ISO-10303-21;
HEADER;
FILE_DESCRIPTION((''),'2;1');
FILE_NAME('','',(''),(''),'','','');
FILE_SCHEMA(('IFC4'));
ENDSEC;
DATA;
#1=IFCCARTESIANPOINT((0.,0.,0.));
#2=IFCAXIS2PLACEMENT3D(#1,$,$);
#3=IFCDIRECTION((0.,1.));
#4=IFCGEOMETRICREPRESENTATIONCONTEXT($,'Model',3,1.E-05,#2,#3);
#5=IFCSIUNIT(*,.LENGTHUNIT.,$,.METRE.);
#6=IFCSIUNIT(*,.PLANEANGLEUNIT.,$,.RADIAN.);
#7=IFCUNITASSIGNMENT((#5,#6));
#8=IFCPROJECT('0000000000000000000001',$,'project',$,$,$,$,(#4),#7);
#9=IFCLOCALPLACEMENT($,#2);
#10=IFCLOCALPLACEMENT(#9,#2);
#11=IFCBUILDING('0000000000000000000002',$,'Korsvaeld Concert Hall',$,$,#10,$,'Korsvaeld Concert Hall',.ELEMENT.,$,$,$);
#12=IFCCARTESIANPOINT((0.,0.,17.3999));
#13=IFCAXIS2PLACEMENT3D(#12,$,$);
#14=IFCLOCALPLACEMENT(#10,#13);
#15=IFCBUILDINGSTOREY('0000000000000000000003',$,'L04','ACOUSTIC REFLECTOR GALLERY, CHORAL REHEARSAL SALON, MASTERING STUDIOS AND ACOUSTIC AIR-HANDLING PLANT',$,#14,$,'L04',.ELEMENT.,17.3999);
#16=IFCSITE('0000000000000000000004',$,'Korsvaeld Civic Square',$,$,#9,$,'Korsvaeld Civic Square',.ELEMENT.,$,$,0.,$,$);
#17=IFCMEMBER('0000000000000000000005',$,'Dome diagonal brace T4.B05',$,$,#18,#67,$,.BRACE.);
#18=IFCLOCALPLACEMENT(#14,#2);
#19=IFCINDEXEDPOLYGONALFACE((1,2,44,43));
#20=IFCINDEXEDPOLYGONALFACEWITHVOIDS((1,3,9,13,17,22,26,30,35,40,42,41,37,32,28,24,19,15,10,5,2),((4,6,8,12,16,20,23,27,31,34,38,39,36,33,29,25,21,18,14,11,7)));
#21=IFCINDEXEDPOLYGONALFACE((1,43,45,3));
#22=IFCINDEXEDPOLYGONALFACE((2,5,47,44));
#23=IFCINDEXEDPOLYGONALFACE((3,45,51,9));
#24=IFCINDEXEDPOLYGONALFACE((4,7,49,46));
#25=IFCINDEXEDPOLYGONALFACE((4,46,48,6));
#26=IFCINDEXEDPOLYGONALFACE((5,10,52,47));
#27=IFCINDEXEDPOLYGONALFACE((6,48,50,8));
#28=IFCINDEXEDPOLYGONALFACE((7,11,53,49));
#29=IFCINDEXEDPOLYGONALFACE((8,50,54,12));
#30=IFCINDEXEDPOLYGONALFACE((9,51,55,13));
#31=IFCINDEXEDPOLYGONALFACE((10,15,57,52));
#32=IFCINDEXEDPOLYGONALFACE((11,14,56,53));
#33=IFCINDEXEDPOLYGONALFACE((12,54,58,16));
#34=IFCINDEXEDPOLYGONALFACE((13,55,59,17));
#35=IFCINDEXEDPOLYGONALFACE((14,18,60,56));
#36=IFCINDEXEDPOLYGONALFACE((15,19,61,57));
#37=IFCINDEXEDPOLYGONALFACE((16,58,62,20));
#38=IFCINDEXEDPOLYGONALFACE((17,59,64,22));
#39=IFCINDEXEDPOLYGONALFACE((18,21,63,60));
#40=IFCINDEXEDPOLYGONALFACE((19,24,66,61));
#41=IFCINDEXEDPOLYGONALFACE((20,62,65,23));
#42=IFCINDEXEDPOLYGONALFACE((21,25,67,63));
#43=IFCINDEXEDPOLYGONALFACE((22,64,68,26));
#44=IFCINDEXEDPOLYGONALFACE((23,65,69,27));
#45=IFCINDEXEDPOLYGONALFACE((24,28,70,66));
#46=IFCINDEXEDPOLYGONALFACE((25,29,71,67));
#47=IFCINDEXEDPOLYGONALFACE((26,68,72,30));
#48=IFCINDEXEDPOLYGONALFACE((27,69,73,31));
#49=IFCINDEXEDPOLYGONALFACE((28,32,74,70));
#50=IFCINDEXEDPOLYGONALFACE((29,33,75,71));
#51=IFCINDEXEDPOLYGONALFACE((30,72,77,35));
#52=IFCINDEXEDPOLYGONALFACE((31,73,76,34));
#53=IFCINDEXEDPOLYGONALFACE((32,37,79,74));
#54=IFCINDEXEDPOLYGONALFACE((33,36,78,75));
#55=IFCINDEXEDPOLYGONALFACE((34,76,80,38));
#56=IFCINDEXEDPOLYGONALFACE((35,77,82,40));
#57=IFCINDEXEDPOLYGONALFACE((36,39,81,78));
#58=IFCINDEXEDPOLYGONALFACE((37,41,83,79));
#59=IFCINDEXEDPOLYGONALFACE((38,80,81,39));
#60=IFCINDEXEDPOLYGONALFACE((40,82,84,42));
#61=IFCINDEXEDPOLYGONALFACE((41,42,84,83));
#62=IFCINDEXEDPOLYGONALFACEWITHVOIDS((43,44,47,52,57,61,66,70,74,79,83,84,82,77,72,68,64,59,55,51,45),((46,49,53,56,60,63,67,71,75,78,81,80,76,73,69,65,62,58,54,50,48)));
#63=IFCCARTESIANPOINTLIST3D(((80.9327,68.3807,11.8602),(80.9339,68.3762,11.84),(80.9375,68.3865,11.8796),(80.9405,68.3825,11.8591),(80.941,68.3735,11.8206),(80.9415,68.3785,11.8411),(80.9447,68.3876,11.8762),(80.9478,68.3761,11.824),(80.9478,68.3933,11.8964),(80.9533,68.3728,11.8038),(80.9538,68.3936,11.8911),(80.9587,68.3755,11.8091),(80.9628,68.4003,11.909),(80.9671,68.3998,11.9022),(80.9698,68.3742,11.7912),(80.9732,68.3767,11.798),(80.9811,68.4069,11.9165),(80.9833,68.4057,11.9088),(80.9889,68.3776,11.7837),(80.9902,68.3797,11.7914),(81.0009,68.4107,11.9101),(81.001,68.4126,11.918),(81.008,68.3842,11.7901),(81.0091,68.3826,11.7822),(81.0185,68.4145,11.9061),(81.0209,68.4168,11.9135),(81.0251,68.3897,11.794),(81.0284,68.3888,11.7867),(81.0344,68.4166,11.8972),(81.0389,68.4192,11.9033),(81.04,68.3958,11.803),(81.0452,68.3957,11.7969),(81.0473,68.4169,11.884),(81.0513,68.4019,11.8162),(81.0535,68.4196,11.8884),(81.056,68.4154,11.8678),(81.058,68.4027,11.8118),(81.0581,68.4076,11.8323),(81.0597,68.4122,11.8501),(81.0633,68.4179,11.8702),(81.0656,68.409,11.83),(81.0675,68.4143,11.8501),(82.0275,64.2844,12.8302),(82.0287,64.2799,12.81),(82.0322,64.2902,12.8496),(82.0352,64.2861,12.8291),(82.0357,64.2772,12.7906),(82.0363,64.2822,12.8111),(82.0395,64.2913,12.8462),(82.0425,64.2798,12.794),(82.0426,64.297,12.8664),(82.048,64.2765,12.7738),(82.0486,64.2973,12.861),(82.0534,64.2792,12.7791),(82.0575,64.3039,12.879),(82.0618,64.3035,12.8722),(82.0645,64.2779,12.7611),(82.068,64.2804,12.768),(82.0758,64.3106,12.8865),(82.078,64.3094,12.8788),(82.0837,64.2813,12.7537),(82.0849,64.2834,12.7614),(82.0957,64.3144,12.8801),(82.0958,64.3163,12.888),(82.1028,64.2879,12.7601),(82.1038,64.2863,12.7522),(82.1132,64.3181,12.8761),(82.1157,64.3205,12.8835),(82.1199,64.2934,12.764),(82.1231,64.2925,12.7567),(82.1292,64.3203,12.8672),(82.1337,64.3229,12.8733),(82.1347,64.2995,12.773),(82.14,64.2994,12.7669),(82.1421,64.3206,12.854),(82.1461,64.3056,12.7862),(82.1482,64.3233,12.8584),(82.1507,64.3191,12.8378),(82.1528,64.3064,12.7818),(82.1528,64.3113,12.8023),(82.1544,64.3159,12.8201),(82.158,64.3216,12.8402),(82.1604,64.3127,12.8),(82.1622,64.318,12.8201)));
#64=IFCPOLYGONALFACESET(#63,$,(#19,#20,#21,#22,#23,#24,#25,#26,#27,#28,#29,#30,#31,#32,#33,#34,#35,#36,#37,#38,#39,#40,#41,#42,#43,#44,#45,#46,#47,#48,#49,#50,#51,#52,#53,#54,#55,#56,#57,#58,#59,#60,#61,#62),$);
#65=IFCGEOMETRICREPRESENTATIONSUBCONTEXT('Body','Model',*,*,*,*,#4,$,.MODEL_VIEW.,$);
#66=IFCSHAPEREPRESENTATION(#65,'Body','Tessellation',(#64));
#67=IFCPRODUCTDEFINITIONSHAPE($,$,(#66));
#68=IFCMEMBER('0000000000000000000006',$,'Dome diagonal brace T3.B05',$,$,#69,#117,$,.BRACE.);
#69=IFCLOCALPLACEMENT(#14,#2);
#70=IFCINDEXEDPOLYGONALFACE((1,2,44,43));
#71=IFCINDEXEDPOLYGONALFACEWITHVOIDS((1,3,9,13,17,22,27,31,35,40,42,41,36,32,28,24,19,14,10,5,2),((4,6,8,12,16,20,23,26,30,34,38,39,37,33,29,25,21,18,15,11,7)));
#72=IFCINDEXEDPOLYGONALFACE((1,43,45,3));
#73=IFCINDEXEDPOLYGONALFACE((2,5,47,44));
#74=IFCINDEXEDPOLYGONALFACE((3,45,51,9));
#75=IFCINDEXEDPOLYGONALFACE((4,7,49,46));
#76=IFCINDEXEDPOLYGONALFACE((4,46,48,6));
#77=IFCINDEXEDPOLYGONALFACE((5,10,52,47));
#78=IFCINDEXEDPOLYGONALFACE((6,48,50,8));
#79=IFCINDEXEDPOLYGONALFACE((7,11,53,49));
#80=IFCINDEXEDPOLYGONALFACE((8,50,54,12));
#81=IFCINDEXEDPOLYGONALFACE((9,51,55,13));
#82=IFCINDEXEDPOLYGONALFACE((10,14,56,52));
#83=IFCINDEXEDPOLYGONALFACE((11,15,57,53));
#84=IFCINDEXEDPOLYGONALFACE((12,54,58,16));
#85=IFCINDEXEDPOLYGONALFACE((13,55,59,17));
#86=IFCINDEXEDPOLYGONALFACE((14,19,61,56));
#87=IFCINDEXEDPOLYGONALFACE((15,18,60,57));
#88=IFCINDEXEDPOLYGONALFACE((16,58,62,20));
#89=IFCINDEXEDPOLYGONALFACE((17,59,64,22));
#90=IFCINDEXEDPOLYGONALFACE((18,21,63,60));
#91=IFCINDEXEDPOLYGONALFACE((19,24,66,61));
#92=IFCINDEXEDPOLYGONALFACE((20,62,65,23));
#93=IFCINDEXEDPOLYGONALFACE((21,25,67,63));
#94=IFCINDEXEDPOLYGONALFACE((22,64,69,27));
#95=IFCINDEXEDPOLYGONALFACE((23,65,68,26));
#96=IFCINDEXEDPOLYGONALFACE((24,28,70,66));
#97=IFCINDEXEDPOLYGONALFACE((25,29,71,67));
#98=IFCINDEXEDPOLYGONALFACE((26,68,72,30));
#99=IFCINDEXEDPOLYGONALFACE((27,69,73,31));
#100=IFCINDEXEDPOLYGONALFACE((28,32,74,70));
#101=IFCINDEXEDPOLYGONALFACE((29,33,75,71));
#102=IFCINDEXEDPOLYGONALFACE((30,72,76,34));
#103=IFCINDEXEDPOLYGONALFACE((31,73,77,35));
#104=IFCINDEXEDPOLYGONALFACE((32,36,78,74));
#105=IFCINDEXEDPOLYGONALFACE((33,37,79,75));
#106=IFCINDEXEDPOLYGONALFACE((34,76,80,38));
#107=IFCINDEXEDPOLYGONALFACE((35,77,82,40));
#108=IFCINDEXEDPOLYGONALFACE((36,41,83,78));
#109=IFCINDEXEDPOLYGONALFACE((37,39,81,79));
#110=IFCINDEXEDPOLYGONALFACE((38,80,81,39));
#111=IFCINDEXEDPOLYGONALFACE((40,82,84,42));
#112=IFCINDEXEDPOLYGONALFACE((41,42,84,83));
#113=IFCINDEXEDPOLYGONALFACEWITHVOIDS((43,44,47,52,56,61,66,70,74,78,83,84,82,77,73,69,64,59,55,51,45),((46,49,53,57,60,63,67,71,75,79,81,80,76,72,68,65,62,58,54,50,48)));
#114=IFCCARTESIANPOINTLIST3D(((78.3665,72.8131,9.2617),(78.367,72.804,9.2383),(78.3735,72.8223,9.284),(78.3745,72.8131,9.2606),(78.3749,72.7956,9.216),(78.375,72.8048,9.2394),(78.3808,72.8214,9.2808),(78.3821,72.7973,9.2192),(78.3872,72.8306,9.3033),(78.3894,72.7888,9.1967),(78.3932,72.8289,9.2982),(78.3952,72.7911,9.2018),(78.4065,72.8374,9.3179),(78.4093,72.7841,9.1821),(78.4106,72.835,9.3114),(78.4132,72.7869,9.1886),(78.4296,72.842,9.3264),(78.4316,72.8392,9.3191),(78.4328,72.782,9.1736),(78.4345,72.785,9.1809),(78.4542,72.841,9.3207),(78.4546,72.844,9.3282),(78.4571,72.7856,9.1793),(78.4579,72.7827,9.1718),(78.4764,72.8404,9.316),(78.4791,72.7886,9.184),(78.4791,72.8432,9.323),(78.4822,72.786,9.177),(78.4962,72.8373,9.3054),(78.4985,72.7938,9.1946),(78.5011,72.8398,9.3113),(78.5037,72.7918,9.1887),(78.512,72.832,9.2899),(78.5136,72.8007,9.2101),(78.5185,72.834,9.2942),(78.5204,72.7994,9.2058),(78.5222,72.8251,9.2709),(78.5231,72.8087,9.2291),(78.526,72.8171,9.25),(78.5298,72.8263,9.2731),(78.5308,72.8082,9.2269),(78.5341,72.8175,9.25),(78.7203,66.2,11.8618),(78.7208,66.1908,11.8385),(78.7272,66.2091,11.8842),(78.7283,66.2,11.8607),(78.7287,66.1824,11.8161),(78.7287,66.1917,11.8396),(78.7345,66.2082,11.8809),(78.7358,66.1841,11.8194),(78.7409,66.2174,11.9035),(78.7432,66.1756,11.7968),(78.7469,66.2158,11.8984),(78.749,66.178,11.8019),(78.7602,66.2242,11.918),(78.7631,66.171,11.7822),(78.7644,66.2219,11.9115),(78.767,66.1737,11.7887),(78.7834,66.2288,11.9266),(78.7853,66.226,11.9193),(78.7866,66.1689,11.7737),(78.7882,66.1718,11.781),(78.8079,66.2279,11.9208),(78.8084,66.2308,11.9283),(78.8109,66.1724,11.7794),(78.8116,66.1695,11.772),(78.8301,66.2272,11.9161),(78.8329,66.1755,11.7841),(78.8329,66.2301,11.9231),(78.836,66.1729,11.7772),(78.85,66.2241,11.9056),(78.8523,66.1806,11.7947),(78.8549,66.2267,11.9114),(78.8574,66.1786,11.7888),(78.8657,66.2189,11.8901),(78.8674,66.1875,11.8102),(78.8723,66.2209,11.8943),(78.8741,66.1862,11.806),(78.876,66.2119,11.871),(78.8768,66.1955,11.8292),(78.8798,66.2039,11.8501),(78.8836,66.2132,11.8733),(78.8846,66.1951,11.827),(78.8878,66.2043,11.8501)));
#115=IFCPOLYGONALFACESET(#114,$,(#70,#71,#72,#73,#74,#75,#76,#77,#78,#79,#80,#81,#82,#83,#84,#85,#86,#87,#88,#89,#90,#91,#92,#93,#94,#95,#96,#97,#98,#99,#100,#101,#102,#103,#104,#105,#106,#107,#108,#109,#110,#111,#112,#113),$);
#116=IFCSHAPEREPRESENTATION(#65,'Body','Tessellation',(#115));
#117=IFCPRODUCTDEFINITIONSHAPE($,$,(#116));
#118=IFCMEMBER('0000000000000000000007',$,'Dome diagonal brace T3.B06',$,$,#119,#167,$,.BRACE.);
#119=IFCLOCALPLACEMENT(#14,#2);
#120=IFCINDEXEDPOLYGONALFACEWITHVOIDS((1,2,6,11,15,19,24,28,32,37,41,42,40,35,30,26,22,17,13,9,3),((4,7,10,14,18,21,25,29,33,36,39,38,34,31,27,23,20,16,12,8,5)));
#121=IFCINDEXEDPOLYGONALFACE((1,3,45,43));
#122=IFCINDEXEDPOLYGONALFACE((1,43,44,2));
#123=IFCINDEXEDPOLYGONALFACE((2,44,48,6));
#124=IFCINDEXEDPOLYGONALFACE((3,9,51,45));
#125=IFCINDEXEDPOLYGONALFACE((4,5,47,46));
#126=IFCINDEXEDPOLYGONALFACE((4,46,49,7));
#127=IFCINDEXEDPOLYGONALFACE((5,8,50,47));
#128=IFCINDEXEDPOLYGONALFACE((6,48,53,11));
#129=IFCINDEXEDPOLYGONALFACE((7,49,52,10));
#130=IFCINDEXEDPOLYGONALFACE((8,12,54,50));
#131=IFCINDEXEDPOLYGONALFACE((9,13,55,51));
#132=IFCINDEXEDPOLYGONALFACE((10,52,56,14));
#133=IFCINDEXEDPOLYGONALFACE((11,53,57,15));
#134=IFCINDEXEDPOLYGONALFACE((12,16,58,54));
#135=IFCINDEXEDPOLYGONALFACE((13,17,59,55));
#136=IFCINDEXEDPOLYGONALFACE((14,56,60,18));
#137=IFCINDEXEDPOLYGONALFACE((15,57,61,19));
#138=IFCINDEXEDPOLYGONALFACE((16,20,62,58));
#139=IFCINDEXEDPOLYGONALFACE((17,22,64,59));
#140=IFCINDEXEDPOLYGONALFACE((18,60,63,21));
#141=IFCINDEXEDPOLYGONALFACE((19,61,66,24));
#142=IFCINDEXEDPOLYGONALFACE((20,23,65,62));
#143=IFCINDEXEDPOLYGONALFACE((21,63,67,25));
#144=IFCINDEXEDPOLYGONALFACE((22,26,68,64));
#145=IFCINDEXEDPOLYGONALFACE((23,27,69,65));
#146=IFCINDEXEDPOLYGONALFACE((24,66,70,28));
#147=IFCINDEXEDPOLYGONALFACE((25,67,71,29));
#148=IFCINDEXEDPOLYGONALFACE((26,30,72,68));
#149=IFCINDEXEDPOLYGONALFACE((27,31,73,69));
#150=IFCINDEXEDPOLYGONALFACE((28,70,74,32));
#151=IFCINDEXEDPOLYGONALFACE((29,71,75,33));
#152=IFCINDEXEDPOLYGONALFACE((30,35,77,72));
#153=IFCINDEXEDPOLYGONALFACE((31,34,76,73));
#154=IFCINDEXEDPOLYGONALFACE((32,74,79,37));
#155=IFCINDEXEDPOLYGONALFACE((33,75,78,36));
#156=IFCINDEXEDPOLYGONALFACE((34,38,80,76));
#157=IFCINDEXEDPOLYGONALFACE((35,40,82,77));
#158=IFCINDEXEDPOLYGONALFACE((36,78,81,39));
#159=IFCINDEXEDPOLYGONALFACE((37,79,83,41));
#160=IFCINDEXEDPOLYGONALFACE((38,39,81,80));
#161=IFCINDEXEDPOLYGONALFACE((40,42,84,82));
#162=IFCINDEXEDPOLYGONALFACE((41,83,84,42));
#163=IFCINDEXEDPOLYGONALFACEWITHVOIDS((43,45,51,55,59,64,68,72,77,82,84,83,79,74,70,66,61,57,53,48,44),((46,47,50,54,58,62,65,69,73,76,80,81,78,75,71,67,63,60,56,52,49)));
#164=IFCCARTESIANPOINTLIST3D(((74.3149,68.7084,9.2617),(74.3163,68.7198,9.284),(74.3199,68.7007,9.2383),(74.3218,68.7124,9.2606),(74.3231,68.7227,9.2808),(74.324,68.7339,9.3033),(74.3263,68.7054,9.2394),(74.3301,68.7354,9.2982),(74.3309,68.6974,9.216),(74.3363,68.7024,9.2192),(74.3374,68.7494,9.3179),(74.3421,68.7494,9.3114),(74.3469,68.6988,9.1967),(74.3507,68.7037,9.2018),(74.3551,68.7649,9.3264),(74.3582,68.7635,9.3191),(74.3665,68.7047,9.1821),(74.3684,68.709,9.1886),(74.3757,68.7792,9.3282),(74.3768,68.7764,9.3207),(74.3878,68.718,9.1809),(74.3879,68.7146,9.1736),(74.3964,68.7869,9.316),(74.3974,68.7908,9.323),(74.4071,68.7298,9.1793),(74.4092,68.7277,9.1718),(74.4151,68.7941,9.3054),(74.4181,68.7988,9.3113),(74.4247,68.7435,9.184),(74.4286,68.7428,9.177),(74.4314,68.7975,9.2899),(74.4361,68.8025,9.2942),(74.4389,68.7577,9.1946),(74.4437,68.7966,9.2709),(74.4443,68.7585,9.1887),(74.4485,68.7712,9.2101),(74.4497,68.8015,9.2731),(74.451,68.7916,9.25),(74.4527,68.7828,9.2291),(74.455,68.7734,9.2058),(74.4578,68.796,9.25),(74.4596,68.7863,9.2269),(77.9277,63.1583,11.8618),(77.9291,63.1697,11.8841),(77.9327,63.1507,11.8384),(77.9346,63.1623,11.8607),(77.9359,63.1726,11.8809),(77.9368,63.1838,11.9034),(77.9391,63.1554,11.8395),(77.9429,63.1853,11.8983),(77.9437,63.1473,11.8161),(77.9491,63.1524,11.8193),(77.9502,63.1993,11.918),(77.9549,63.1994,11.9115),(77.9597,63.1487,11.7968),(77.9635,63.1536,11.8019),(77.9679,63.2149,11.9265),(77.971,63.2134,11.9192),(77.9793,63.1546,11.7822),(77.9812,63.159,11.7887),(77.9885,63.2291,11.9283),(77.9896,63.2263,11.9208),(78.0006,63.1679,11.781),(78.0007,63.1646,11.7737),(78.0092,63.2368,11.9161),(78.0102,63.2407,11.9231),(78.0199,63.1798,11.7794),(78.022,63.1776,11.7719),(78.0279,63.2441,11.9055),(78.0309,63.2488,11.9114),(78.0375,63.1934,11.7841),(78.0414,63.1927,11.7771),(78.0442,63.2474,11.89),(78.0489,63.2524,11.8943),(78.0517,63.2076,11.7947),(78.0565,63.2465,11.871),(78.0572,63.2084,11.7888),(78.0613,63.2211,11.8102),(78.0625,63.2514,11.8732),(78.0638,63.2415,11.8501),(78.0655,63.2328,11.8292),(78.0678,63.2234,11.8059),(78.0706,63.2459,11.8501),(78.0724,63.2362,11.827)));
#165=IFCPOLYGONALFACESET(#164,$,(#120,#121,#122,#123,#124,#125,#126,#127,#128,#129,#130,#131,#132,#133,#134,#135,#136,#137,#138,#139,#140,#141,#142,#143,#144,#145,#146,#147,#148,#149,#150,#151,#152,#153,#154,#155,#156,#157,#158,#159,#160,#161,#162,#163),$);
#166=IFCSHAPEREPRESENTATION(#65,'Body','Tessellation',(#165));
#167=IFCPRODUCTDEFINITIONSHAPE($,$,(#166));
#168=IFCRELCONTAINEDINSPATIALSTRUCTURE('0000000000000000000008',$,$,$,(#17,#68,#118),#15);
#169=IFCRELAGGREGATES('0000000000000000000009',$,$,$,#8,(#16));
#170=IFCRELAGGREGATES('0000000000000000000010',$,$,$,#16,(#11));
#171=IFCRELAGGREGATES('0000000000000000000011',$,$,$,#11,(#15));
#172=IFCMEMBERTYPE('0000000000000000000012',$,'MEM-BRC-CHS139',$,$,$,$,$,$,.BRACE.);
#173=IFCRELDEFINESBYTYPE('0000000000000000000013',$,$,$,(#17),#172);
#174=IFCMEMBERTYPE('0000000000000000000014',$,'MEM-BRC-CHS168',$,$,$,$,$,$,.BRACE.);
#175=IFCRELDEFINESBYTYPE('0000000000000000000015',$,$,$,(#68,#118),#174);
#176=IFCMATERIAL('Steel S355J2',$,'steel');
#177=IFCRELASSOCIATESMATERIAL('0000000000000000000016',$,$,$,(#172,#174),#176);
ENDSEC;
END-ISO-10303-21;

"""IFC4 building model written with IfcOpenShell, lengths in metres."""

from ifc_helpers import new_model, si_unit, direction, frame, origin, origin_2d, place, context, subcontext, project, spatial, hollow_circle, extrude, material, material_profile, profile_set, type_object, element, save


model = new_model("IFC4")

# Units and contexts
model_context = context("Model", 3, precision=1e-05, world=origin(), true_north=direction((0.0, 1.0)))
body_context = subcontext(model_context, "Body", "Model", "MODEL_VIEW")
ifc_project = project(units=[si_unit("LENGTHUNIT", "METRE"), si_unit("PLANEANGLEUNIT", "RADIAN")], contexts=[model_context])

# Site, building, storey
site_placement = place(None, origin())
site = spatial("IfcSite", under=ifc_project, at=site_placement, Name="Korsvaeld Civic Square", LongName="Korsvaeld Civic Square", CompositionType="ELEMENT", RefElevation=0.0)
building_placement = place(site_placement, origin())
building = spatial("IfcBuilding", under=site, at=building_placement, Name="Korsvaeld Concert Hall", LongName="Korsvaeld Concert Hall", CompositionType="ELEMENT")
storey_placement = place(building_placement, frame((0.0, 0.0, 17.3999)))
storey = spatial("IfcBuildingStorey", under=building, at=storey_placement, Name="L04", Description="ACOUSTIC REFLECTOR GALLERY, CHORAL REHEARSAL SALON, MASTERING STUDIOS AND ACOUSTIC AIR-HANDLING PLANT", LongName="L04", CompositionType="ELEMENT", Elevation=17.3999)

# Shared definitions
ifc_material_1 = material(Name="Steel S355J2", Category="steel")

# Members
ifc_material_profile_1 = material_profile(ifc_material_1, hollow_circle(Radius=0.0698, WallThickness=0.0081, at=origin_2d()), Name="CHS 139.7x8")
ifc_profile_set_1 = profile_set([ifc_material_profile_1], Name="Steel S355J2")
member_type_1 = type_object("IfcMemberType", Name="MEM-BRC-CHS139", PredefinedType="BRACE", material=ifc_profile_set_1)
member_1_placement = place(storey_placement, frame((81.0, 68.3962, 11.8501), z_axis=(0.251691, -0.941764, 0.223008), x_axis=(0.966093, 0.258193, 0.0)))
element("IfcMember", 1, at=member_1_placement, inside=storey, type_object=member_type_1, Name="Dome diagonal brace T4.B05", PredefinedType="BRACE", context=body_context, shape_type="SweptSolid", body=[
    extrude(hollow_circle(Radius=0.0698, WallThickness=0.0081, at=origin_2d()), origin(), (0.0, 0.0, 1.0), 4.3496),
])
ifc_material_profile_2 = material_profile(ifc_material_1, hollow_circle(Radius=0.0842, WallThickness=0.0081, at=origin_2d()), Name="CHS 168.3x8")
ifc_profile_set_2 = profile_set([ifc_material_profile_2], Name="Steel S355J2")
member_type_2 = type_object("IfcMemberType", Name="MEM-BRC-CHS168", PredefinedType="BRACE", material=ifc_profile_set_2)
member_2_placement = place(storey_placement, frame((78.45, 72.813, 9.25), z_axis=(0.049723, -0.929499, 0.365458), x_axis=(0.998572, 0.053418, 0.0)))
element("IfcMember", 2, at=member_2_placement, inside=storey, type_object=member_type_2, Name="Dome diagonal brace T3.B05", PredefinedType="BRACE", context=body_context, shape_type="SweptSolid", body=[
    extrude(hollow_circle(Radius=0.0842, WallThickness=0.0081, at=origin_2d()), origin(), (0.0, 0.0, 1.0), 7.1147),
])
member_3_placement = place(storey_placement, frame((74.3872, 68.75, 9.25), z_axis=(0.507808, -0.780106, 0.365466), x_axis=(0.83808, 0.545547, 0.0)))
element("IfcMember", 3, at=member_3_placement, inside=storey, type_object=member_type_2, Name="Dome diagonal brace T3.B06", PredefinedType="BRACE", context=body_context, shape_type="SweptSolid", body=[
    extrude(hollow_circle(Radius=0.0842, WallThickness=0.0081, at=origin_2d()), origin(), (0.0, 0.0, 1.0), 7.1145),
])

save(model, "model.ifc")
